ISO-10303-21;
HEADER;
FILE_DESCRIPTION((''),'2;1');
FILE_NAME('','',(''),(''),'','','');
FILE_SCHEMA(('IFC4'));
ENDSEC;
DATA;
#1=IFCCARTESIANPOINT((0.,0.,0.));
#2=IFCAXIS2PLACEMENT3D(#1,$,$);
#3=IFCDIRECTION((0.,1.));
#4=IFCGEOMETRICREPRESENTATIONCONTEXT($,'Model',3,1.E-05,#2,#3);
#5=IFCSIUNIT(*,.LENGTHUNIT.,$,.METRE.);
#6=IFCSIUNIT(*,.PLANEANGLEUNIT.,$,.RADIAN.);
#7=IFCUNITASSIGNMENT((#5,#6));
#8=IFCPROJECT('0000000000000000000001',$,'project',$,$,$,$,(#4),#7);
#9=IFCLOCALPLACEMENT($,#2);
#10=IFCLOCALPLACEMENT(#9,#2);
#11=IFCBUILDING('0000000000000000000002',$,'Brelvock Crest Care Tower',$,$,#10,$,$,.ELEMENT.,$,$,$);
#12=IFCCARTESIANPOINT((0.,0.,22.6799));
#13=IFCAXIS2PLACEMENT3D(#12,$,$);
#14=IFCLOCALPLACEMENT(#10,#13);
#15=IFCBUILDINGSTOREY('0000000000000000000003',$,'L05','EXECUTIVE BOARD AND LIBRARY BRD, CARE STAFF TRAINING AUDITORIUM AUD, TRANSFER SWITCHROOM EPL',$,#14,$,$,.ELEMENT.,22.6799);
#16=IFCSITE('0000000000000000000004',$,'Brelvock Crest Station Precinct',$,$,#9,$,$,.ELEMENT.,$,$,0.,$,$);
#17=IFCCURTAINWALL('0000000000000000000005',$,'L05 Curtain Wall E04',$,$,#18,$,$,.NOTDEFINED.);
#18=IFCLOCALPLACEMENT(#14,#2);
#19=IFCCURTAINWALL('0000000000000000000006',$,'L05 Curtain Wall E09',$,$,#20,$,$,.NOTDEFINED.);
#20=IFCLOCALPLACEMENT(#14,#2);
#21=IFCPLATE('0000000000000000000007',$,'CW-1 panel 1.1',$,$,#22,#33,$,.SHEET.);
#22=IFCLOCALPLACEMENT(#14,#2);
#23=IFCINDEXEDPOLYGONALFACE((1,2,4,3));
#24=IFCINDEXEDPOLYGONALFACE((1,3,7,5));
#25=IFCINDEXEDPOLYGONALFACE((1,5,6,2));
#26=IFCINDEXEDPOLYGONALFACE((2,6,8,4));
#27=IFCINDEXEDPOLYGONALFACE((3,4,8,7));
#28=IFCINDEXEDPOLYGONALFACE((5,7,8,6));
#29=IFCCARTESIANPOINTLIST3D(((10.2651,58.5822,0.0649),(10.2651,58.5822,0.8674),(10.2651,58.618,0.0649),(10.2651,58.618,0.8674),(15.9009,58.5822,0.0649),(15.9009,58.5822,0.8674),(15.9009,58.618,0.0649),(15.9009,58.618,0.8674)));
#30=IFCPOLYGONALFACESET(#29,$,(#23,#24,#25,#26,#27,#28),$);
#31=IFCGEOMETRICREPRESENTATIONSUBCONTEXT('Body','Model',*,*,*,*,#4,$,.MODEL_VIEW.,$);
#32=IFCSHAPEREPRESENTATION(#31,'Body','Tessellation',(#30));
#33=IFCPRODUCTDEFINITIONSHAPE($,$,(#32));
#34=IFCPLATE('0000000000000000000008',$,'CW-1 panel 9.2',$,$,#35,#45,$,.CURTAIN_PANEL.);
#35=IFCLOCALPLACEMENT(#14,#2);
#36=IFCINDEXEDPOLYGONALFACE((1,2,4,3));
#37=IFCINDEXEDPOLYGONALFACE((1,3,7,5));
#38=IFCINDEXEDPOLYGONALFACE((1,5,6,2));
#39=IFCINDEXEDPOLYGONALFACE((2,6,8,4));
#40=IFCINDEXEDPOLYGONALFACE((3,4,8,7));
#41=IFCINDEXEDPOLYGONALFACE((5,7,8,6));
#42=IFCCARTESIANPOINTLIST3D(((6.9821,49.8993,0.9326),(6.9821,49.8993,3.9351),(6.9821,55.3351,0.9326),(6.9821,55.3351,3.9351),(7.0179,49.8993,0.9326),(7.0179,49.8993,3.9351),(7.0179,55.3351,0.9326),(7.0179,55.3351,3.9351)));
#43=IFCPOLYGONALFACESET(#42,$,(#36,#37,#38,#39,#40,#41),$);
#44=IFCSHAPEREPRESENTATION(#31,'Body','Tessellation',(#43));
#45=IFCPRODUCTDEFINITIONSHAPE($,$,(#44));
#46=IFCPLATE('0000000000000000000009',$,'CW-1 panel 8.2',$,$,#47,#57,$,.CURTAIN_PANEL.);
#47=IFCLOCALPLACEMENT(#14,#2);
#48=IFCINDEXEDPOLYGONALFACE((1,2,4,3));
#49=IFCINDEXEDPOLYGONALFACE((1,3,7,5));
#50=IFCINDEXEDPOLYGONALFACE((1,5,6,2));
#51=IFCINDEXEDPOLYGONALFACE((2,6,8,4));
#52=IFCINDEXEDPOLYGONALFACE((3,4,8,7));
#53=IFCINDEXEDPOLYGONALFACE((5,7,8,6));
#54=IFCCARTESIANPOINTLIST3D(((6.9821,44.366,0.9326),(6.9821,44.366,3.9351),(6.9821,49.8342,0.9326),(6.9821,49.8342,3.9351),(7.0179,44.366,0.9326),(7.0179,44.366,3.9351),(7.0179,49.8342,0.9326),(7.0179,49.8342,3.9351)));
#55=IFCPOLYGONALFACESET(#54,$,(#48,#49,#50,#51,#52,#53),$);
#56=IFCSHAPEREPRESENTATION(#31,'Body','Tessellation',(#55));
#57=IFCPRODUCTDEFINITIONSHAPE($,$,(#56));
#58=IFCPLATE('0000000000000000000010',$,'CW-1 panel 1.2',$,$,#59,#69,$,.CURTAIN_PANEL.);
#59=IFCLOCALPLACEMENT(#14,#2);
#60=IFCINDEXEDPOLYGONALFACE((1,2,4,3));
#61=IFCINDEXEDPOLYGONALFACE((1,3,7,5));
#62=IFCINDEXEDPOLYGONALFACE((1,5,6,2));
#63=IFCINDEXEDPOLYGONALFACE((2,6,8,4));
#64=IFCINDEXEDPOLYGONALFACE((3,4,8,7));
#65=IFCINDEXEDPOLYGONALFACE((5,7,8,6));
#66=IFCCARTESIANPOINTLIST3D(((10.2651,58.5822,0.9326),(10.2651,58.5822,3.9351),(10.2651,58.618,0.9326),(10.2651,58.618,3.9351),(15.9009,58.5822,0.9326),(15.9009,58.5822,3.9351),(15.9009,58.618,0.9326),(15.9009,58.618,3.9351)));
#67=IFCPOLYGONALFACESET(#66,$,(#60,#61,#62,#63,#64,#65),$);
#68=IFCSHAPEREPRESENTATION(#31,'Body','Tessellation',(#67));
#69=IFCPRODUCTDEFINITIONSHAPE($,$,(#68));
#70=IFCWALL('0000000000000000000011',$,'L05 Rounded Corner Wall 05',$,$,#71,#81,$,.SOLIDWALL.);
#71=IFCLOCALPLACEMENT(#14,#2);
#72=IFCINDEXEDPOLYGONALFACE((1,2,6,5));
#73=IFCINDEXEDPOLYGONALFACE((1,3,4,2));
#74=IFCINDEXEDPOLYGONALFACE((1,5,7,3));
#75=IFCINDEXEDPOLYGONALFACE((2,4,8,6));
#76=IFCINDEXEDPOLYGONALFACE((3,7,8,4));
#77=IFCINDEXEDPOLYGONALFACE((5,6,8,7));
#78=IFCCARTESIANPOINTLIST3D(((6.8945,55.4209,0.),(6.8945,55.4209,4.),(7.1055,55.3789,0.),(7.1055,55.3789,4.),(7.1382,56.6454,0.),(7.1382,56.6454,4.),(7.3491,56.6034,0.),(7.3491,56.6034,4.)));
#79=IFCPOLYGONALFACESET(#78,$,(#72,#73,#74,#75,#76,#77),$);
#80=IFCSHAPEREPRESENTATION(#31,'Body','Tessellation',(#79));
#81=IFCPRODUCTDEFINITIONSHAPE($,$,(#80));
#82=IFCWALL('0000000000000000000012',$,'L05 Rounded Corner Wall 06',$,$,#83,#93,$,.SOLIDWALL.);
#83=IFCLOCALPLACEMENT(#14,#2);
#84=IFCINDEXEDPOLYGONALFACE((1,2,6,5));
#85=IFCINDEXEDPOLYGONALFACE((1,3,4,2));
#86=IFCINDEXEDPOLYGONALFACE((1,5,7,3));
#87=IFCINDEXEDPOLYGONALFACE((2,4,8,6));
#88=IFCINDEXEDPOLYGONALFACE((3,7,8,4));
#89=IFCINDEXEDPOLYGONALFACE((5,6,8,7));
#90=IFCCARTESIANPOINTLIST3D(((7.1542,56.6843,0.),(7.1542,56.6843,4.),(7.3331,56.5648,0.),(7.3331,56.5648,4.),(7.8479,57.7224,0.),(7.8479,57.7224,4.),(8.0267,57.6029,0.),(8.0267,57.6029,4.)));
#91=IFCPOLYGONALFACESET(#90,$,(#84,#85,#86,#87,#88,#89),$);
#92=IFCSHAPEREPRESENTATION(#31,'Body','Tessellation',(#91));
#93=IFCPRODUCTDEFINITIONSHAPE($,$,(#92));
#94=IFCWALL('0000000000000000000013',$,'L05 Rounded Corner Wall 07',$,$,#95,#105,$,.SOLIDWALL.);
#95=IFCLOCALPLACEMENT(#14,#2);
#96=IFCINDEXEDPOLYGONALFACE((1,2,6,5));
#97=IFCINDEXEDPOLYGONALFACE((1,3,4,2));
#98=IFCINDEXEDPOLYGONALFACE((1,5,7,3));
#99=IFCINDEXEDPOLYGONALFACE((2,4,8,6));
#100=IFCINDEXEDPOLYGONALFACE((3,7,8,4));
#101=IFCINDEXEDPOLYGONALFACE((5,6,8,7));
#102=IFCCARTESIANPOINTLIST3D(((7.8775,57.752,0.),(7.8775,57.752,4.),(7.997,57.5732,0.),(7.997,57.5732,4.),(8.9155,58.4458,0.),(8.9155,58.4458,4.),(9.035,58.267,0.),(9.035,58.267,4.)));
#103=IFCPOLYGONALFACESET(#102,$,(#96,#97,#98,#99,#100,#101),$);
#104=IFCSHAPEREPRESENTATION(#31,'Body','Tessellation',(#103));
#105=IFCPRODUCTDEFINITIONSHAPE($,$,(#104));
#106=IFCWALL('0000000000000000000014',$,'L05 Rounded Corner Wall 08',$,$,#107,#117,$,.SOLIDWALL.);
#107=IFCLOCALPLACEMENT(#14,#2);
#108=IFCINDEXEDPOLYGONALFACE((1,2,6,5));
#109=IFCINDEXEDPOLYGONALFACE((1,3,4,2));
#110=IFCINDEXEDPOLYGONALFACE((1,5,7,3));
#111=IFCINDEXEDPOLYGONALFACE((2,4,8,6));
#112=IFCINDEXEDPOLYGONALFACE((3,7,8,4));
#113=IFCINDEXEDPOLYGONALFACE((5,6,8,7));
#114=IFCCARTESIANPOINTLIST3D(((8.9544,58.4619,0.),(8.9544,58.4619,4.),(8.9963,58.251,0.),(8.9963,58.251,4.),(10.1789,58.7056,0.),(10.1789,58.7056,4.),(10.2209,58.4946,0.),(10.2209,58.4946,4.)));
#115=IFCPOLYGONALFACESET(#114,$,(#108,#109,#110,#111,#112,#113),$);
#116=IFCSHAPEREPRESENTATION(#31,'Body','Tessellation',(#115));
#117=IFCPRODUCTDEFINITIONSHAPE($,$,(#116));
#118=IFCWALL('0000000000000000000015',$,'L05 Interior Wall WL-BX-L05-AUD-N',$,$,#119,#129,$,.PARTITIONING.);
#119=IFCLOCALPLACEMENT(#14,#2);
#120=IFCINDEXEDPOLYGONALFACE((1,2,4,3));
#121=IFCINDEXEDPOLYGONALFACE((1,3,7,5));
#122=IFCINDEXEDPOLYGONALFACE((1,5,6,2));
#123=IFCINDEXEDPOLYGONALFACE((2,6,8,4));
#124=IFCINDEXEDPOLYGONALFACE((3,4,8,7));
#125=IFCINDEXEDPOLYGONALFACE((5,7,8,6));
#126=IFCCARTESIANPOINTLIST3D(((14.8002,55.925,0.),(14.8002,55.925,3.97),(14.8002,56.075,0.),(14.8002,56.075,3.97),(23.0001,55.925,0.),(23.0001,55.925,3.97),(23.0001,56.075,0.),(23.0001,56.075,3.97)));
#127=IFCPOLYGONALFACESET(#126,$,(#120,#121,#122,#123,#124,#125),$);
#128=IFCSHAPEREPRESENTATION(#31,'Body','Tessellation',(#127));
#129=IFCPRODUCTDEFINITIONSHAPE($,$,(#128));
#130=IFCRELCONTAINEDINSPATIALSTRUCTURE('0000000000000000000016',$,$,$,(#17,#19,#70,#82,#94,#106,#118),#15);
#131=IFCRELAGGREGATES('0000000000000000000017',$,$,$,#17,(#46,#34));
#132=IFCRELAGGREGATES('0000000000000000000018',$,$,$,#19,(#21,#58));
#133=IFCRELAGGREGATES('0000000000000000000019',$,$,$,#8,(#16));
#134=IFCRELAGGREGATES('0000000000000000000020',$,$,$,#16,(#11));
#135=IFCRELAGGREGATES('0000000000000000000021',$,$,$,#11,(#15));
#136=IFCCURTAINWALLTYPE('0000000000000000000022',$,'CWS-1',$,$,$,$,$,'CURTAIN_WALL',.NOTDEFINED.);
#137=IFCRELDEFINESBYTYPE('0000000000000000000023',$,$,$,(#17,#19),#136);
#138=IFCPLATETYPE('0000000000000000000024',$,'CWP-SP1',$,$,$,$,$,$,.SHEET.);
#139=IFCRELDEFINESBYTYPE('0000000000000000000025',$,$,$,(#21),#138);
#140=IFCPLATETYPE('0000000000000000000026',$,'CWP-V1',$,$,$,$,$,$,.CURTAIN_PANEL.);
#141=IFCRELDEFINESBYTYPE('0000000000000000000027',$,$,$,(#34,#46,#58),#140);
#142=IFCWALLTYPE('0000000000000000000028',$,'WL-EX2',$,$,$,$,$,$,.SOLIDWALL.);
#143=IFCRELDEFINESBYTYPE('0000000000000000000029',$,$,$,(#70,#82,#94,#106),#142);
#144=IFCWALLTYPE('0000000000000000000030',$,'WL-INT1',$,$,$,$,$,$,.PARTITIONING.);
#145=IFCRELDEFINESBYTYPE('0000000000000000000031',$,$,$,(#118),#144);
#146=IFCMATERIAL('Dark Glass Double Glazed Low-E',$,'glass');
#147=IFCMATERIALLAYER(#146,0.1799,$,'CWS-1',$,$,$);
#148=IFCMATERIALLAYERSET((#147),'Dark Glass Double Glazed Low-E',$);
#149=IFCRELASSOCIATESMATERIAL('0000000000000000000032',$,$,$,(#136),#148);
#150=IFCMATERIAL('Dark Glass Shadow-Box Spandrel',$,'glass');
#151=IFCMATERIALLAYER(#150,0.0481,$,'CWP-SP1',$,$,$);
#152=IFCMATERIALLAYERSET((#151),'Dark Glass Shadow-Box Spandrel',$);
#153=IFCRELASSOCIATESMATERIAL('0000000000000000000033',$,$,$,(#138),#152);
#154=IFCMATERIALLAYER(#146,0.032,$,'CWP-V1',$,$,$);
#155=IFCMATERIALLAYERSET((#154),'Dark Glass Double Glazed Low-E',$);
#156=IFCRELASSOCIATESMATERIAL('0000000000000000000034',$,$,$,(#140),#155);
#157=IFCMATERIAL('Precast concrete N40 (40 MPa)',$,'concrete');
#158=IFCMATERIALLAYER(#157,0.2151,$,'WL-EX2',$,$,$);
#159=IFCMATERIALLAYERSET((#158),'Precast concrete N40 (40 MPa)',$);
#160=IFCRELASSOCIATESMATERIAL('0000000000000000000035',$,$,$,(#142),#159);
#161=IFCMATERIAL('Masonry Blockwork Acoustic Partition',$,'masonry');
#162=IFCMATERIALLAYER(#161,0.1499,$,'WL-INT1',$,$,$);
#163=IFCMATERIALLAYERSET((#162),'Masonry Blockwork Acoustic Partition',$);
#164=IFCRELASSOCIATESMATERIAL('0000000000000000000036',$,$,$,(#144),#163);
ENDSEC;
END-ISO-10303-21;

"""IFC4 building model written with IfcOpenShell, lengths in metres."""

from ifc_helpers import new_model, si_unit, direction, frame, frame_2d, origin, origin_2d, place, context, subcontext, project, spatial, rectangle, extrude, source, transform, mapped, material, layer, layer_set, type_object, element, aggregate, save


model = new_model("IFC4")

# Units and contexts
model_context = context("Model", 3, precision=1e-05, world=origin(), true_north=direction((0.0, 1.0)))
body_context = subcontext(model_context, "Body", "Model", "MODEL_VIEW")
ifc_project = project(units=[si_unit("LENGTHUNIT", "METRE"), si_unit("PLANEANGLEUNIT", "RADIAN")], contexts=[model_context])

# Site, building, storey
site_placement = place(None, origin())
site = spatial("IfcSite", under=ifc_project, at=site_placement, Name="Brelvock Crest Station Precinct", CompositionType="ELEMENT", RefElevation=0.0)
building_placement = place(site_placement, origin())
building = spatial("IfcBuilding", under=site, at=building_placement, Name="Brelvock Crest Care Tower", CompositionType="ELEMENT")
storey_placement = place(building_placement, frame((0.0, 0.0, 22.6799)))
storey = spatial("IfcBuildingStorey", under=building, at=storey_placement, Name="L05", Description="EXECUTIVE BOARD AND LIBRARY BRD, CARE STAFF TRAINING AUDITORIUM AUD, TRANSFER SWITCHROOM EPL", CompositionType="ELEMENT", Elevation=22.6799)

# Curtain walls
ifc_material_1 = material(Name="Dark Glass Double Glazed Low-E", Category="glass")
ifc_layer_1 = layer(ifc_material_1, 0.1799, Name="CWS-1")
ifc_layer_set_1 = layer_set([ifc_layer_1], Name="Dark Glass Double Glazed Low-E")
curtain_wall_type = type_object("IfcCurtainWallType", Name="CWS-1", ElementType="CURTAIN_WALL", PredefinedType="NOTDEFINED", material=ifc_layer_set_1)
curtain_wall_1_placement = place(storey_placement, origin())
curtain_wall_1 = element("IfcCurtainWall", 1, at=curtain_wall_1_placement, inside=storey, type_object=curtain_wall_type, Name="L05 Curtain Wall E04", PredefinedType="NOTDEFINED")
curtain_wall_2_placement = place(storey_placement, origin())
curtain_wall_2 = element("IfcCurtainWall", 2, at=curtain_wall_2_placement, inside=storey, type_object=curtain_wall_type, Name="L05 Curtain Wall E09", PredefinedType="NOTDEFINED")

# Plates
ifc_material_2 = material(Name="Dark Glass Shadow-Box Spandrel", Category="glass")
ifc_layer_2 = layer(ifc_material_2, 0.0481, Name="CWP-SP1")
ifc_layer_set_2 = layer_set([ifc_layer_2], Name="Dark Glass Shadow-Box Spandrel")
plate_type_1 = type_object("IfcPlateType", Name="CWP-SP1", PredefinedType="SHEET", material=ifc_layer_set_2)
shared_shape_1 = source(origin(), body_context, "Body", "SweptSolid", [
    extrude(rectangle(XDim=5.6357, YDim=0.0359, at=origin_2d()), origin(), (0.0, 0.0, 1.0), 0.8025),
])
plate_1_placement = place(storey_placement, frame((13.083, 58.6001, 0.0649), z_axis=(0.0, 0.0, 1.0), x_axis=(1.0, 0.0, 0.0)))
plate_1 = element("IfcPlate", 3, at=plate_1_placement, type_object=plate_type_1, Name="CW-1 panel 1.1", PredefinedType="SHEET", context=body_context, shape_type="MappedRepresentation", body=[
    mapped(shared_shape_1, transform((0.0, 0.0, 0.0), x_axis=(1.0, 0.0, 0.0), y_axis=(0.0, 1.0, 0.0), z_axis=(0.0, 0.0, 1.0), scale=1.0)),
])
ifc_layer_3 = layer(ifc_material_1, 0.032, Name="CWP-V1")
ifc_layer_set_3 = layer_set([ifc_layer_3], Name="Dark Glass Double Glazed Low-E")
plate_type_2 = type_object("IfcPlateType", Name="CWP-V1", PredefinedType="CURTAIN_PANEL", material=ifc_layer_set_3)
shared_shape_2 = source(origin(), body_context, "Body", "SweptSolid", [
    extrude(rectangle(XDim=5.4358, YDim=0.0359, at=origin_2d()), origin(), (0.0, 0.0, 1.0), 3.0024),
])
plate_2_placement = place(storey_placement, frame((7.0, 52.6172, 0.9326), z_axis=(0.0, 0.0, 1.0), x_axis=(0.0, 1.0, 0.0)))
plate_2 = element("IfcPlate", 4, at=plate_2_placement, type_object=plate_type_2, Name="CW-1 panel 9.2", PredefinedType="CURTAIN_PANEL", context=body_context, shape_type="MappedRepresentation", body=[
    mapped(shared_shape_2, transform((0.0, 0.0, 0.0), x_axis=(1.0, 0.0, 0.0), y_axis=(0.0, 1.0, 0.0), z_axis=(0.0, 0.0, 1.0), scale=1.0)),
])
shared_shape_3 = source(origin(), body_context, "Body", "SweptSolid", [
    extrude(rectangle(XDim=5.4683, YDim=0.0359, at=origin_2d()), origin(), (0.0, 0.0, 1.0), 3.0024),
])
plate_3_placement = place(storey_placement, frame((7.0, 47.1001, 0.9326), z_axis=(0.0, 0.0, 1.0), x_axis=(0.0, 1.0, 0.0)))
plate_3 = element("IfcPlate", 5, at=plate_3_placement, type_object=plate_type_2, Name="CW-1 panel 8.2", PredefinedType="CURTAIN_PANEL", context=body_context, shape_type="MappedRepresentation", body=[
    mapped(shared_shape_3, transform((0.0, 0.0, 0.0), x_axis=(1.0, 0.0, 0.0), y_axis=(0.0, 1.0, 0.0), z_axis=(0.0, 0.0, 1.0), scale=1.0)),
])
aggregate(curtain_wall_1, [plate_3, plate_2])
shared_shape_4 = source(origin(), body_context, "Body", "SweptSolid", [
    extrude(rectangle(XDim=5.6357, YDim=0.0359, at=origin_2d()), origin(), (0.0, 0.0, 1.0), 3.0024),
])
plate_4_placement = place(storey_placement, frame((13.083, 58.6001, 0.9326), z_axis=(0.0, 0.0, 1.0), x_axis=(1.0, 0.0, 0.0)))
plate_4 = element("IfcPlate", 6, at=plate_4_placement, type_object=plate_type_2, Name="CW-1 panel 1.2", PredefinedType="CURTAIN_PANEL", context=body_context, shape_type="MappedRepresentation", body=[
    mapped(shared_shape_4, transform((0.0, 0.0, 0.0), x_axis=(1.0, 0.0, 0.0), y_axis=(0.0, 1.0, 0.0), z_axis=(0.0, 0.0, 1.0), scale=1.0)),
])
aggregate(curtain_wall_2, [plate_1, plate_4])

# Walls
ifc_material_3 = material(Name="Precast concrete N40 (40 MPa)", Category="concrete")
ifc_layer_4 = layer(ifc_material_3, 0.2151, Name="WL-EX2")
ifc_layer_set_4 = layer_set([ifc_layer_4], Name="Precast concrete N40 (40 MPa)")
wall_type_1 = type_object("IfcWallType", Name="WL-EX2", PredefinedType="SOLIDWALL", material=ifc_layer_set_4)
for number, where, z_axis, x_axis, name in (
    (7, (7.0, 55.3999, 0.0), (0.0, 0.0, 1.0), (0.195138, 0.980776, 0.0), "L05 Rounded Corner Wall 05"),
    (8, (7.2437, 56.6245, 0.0), (0.0, 0.0, 1.0), (0.555557, 0.831478, 0.0), "L05 Rounded Corner Wall 06"),
    (9, (7.9373, 57.6626, 0.0), (0.0, 0.0, 1.0), (0.831388, 0.555692, 0.0), "L05 Rounded Corner Wall 07"),
    (10, (8.9753, 58.3564, 0.0), (0.0, 0.0, 1.0), (0.980776, 0.195138, 0.0), "L05 Rounded Corner Wall 08"),
):
    element("IfcWall", number, at=place(storey_placement, frame(where, z_axis=z_axis, x_axis=x_axis)), inside=storey, type_object=wall_type_1, Name=name, PredefinedType="SOLIDWALL", context=body_context, shape_type="SweptSolid", body=[
        extrude(rectangle(XDim=1.2485, YDim=0.2151, at=frame_2d((0.6243, 0.0))), origin(), (0.0, 0.0, 1.0), 4.0),
    ])
ifc_material_4 = material(Name="Masonry Blockwork Acoustic Partition", Category="masonry")
ifc_layer_5 = layer(ifc_material_4, 0.1499, Name="WL-INT1")
ifc_layer_set_5 = layer_set([ifc_layer_5], Name="Masonry Blockwork Acoustic Partition")
wall_type_2 = type_object("IfcWallType", Name="WL-INT1", PredefinedType="PARTITIONING", material=ifc_layer_set_5)
wall_placement = place(storey_placement, frame((14.8, 56.0, 0.0), z_axis=(0.0, 0.0, 1.0), x_axis=(1.0, 0.0, 0.0)))
element("IfcWall", 11, at=wall_placement, inside=storey, type_object=wall_type_2, Name="L05 Interior Wall WL-BX-L05-AUD-N", PredefinedType="PARTITIONING", context=body_context, shape_type="SweptSolid", body=[
    extrude(rectangle(XDim=8.2, YDim=0.1499, at=frame_2d((4.1001, 0.0))), origin(), (0.0, 0.0, 1.0), 3.97),
])

save(model, "model.ifc")
